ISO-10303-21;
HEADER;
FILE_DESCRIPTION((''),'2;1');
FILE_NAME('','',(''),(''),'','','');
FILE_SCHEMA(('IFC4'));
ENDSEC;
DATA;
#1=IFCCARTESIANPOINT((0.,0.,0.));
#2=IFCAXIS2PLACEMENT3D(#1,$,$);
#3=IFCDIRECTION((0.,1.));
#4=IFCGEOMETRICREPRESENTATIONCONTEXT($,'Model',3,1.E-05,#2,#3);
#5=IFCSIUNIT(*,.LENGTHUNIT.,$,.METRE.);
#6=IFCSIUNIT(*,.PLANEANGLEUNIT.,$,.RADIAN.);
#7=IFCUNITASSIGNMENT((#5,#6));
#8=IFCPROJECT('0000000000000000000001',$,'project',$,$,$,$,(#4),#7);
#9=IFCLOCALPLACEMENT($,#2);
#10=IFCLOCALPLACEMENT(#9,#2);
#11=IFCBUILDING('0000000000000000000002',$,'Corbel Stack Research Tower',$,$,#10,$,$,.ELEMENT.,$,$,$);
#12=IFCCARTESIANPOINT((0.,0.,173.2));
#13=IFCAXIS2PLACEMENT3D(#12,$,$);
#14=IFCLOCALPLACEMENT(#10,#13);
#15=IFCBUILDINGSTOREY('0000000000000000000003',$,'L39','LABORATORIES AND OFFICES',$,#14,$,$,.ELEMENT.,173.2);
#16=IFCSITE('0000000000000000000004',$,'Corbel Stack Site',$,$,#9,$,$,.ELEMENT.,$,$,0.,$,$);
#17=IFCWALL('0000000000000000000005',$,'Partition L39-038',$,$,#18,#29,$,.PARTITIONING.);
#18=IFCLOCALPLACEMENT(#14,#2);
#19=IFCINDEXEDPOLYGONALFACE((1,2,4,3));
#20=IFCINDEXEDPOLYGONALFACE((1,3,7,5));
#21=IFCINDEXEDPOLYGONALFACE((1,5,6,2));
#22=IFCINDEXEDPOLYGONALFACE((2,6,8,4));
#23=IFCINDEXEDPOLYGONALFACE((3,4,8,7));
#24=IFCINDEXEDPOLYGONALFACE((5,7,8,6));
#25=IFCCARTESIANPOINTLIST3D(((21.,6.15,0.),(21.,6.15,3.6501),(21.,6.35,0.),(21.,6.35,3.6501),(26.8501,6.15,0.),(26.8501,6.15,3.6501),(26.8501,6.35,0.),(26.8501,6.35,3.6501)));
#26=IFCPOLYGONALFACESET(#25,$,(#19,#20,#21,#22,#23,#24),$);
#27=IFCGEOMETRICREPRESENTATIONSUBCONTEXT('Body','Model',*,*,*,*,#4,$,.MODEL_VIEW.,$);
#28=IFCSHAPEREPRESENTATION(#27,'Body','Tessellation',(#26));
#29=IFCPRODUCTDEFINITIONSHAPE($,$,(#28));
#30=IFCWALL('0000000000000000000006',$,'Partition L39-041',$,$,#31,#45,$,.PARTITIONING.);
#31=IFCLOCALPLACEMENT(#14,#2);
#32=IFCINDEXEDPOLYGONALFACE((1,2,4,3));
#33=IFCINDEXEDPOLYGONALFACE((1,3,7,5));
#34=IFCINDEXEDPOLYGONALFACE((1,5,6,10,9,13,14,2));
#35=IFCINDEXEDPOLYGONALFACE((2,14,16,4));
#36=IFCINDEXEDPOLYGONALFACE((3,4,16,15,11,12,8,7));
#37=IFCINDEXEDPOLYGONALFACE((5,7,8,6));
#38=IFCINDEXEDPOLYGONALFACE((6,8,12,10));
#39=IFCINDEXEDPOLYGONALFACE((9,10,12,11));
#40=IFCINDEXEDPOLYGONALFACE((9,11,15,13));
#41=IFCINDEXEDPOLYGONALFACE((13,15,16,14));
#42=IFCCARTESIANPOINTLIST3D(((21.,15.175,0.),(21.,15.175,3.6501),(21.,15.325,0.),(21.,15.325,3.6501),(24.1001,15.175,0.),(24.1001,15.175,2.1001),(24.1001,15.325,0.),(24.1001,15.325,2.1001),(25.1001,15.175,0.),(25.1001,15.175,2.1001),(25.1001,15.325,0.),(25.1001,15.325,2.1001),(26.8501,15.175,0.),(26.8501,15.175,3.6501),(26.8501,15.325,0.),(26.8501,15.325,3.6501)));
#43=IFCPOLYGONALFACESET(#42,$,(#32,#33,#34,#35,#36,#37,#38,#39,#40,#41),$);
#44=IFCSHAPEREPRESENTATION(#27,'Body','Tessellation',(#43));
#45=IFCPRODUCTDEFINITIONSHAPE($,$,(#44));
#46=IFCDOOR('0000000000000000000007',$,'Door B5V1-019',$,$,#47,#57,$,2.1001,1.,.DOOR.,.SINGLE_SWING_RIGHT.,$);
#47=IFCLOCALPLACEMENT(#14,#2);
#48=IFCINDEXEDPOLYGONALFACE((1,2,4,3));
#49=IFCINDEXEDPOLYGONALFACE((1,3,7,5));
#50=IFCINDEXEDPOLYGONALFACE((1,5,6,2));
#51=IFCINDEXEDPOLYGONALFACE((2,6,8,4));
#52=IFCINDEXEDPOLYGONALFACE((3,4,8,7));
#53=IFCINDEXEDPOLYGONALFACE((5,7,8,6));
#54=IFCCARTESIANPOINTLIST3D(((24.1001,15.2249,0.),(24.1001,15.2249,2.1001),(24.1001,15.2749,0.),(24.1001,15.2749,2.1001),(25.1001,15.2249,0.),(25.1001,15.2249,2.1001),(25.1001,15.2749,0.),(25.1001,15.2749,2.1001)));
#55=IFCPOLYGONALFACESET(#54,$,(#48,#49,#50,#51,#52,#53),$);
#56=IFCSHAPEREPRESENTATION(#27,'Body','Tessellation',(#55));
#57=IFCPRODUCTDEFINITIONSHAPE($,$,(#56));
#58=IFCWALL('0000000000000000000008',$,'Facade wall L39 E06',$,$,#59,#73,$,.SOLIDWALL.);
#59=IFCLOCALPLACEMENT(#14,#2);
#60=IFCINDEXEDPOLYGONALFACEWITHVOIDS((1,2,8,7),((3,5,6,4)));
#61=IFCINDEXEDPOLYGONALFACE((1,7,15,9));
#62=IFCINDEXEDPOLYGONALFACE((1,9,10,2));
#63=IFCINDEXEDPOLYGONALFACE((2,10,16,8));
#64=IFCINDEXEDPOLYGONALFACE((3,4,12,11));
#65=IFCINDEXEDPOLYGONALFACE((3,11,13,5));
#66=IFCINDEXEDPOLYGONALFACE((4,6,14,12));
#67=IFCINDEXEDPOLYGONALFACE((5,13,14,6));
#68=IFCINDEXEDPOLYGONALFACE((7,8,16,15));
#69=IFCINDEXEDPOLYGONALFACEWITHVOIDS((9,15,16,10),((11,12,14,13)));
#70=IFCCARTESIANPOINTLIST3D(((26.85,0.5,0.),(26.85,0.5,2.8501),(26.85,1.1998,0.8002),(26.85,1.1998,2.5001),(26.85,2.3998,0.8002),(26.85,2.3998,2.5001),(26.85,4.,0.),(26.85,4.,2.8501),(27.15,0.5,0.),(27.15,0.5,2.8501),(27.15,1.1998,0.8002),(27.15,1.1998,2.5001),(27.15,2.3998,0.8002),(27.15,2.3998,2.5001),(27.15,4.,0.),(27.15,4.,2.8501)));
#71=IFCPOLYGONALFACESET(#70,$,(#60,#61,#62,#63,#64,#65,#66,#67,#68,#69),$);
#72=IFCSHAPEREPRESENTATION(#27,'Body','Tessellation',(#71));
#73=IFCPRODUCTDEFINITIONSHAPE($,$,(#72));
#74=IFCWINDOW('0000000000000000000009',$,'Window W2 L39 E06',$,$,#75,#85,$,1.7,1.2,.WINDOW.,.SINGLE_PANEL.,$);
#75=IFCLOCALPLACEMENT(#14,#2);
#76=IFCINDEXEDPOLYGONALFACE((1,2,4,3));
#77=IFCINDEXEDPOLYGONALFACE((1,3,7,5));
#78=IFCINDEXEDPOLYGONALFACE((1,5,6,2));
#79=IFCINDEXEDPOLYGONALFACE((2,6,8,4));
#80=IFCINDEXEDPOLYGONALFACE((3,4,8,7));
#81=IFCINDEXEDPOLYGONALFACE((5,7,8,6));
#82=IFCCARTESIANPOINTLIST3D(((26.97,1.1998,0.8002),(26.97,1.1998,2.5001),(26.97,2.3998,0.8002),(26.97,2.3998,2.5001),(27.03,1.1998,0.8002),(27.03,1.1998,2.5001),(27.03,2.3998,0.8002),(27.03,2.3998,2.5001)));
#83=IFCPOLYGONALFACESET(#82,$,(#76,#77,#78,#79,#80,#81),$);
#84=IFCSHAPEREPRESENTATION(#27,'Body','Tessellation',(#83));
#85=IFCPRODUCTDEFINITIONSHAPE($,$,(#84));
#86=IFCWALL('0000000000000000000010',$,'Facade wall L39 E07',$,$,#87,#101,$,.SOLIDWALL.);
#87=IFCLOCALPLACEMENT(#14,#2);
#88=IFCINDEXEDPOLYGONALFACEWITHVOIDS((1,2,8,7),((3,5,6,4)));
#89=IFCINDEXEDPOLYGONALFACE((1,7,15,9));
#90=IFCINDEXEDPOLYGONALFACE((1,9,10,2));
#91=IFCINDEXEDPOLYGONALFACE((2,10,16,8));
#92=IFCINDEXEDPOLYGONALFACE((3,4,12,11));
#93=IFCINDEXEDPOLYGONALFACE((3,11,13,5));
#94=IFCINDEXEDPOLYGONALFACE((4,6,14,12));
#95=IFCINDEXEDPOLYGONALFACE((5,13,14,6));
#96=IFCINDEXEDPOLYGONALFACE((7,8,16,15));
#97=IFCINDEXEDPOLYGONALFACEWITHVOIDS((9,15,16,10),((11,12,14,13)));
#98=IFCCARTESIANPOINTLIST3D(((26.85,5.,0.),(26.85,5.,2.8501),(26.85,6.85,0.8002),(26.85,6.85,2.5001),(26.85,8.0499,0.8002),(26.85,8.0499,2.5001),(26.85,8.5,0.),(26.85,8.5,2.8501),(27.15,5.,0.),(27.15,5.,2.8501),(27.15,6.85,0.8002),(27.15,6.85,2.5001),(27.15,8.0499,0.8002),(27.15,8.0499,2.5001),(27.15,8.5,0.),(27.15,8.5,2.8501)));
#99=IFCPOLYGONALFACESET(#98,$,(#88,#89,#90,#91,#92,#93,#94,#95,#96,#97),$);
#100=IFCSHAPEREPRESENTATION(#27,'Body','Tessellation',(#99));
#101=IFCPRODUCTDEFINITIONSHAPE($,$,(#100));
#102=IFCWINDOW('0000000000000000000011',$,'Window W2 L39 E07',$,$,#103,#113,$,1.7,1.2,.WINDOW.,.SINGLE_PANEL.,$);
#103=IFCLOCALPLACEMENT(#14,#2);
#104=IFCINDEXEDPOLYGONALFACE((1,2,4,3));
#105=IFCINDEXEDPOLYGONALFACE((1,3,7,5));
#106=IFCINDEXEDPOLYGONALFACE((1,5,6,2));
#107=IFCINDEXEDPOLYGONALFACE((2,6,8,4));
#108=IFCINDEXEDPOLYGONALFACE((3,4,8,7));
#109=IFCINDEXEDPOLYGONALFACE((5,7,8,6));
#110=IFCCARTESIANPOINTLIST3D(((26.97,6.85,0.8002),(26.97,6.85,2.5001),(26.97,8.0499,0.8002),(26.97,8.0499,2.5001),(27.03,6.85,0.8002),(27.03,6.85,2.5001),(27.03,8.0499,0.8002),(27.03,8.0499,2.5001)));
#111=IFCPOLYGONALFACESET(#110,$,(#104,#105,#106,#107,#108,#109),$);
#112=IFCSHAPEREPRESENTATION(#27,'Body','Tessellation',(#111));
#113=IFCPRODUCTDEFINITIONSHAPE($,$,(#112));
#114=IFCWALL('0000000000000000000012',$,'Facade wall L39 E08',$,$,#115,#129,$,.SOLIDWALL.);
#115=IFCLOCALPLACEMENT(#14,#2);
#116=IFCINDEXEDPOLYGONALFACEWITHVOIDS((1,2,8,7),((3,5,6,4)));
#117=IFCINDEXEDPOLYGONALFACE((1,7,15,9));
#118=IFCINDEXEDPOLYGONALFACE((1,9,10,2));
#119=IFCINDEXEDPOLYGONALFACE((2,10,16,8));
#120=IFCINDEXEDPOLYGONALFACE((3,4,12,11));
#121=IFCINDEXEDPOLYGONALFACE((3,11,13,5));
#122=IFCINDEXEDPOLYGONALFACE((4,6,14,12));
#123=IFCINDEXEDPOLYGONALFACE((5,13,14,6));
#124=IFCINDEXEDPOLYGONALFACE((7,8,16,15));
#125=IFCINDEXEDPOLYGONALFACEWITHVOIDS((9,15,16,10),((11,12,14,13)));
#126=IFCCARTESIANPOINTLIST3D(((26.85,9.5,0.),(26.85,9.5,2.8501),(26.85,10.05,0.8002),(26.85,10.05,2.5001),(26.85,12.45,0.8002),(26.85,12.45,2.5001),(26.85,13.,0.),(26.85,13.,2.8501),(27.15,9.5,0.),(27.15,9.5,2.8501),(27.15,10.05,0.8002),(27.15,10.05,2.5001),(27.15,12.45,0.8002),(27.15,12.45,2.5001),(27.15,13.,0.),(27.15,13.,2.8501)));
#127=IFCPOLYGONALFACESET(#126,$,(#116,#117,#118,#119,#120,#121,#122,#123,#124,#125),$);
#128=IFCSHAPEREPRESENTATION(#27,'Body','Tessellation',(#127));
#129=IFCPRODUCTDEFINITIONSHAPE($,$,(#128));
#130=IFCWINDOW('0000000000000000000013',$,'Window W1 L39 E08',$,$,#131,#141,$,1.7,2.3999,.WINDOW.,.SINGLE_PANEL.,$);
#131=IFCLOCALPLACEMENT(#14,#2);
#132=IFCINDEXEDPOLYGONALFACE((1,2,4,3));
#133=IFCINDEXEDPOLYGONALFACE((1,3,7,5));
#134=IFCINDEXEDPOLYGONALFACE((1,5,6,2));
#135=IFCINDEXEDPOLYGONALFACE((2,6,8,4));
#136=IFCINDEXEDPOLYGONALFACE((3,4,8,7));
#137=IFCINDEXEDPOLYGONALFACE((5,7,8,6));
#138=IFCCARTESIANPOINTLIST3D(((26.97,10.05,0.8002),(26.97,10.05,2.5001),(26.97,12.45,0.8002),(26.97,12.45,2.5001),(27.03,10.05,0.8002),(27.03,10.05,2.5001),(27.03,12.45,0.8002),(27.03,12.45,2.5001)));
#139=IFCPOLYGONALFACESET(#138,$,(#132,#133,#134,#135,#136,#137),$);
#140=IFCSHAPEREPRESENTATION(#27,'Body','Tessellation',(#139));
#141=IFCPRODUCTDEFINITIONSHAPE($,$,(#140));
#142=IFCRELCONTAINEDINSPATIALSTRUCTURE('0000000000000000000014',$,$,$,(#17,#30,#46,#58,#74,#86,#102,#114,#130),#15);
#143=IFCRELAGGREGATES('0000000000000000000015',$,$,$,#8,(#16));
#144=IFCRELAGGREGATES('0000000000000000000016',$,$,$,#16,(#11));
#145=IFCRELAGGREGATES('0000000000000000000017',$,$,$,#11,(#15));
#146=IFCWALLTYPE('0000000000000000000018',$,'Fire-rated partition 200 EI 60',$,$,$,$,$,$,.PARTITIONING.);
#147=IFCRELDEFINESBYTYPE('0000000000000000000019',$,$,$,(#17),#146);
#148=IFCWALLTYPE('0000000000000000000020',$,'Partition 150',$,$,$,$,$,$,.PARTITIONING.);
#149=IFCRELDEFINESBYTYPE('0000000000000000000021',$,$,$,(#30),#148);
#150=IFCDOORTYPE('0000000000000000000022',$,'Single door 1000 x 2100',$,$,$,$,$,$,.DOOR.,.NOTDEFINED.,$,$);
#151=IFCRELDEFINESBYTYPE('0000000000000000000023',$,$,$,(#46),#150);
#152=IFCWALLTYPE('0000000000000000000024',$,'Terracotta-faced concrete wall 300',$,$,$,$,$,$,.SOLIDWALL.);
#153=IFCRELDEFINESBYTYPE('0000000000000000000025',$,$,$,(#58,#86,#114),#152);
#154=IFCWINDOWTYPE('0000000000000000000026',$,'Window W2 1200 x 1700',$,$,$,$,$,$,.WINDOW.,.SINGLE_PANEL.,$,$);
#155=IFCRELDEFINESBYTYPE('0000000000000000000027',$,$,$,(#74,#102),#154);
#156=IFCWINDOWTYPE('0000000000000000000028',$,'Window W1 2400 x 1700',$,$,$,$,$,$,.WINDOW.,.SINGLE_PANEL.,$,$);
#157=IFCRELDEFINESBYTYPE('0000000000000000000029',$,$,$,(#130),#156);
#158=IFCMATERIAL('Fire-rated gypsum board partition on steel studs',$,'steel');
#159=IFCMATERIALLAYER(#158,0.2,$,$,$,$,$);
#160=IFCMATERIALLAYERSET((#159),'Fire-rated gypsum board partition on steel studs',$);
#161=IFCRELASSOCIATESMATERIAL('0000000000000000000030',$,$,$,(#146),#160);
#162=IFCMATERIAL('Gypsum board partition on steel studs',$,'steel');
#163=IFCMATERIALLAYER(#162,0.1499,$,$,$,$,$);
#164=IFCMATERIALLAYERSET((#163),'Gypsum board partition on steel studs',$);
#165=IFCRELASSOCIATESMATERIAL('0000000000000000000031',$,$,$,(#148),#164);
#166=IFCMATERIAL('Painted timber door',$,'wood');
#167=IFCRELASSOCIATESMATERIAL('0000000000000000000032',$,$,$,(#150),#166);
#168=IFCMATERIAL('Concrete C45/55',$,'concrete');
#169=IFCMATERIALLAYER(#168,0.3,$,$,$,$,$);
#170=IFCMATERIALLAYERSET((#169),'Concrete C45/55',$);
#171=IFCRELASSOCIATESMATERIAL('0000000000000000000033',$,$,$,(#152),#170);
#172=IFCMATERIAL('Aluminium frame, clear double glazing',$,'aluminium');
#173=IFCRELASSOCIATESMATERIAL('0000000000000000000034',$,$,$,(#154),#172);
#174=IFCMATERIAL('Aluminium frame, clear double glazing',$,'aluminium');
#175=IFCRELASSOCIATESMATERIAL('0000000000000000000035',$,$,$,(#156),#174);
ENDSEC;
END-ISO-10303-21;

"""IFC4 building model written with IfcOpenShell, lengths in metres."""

from ifc_helpers import new_model, si_unit, direction, frame, frame_2d, origin, place, context, subcontext, project, spatial, rectangle, extrude, material, layer, layer_set, type_object, element, fill, save


model = new_model("IFC4")

# Units and contexts
model_context = context("Model", 3, precision=1e-05, world=origin(), true_north=direction((0.0, 1.0)))
body_context = subcontext(model_context, "Body", "Model", "MODEL_VIEW")
ifc_project = project(units=[si_unit("LENGTHUNIT", "METRE"), si_unit("PLANEANGLEUNIT", "RADIAN")], contexts=[model_context])

# Site, building, storey
site_placement = place(None, origin())
site = spatial("IfcSite", under=ifc_project, at=site_placement, Name="Corbel Stack Site", CompositionType="ELEMENT", RefElevation=0.0)
building_placement = place(site_placement, origin())
building = spatial("IfcBuilding", under=site, at=building_placement, Name="Corbel Stack Research Tower", CompositionType="ELEMENT")
storey_placement = place(building_placement, frame((0.0, 0.0, 173.2)))
storey = spatial("IfcBuildingStorey", under=building, at=storey_placement, Name="L39", Description="LABORATORIES AND OFFICES", CompositionType="ELEMENT", Elevation=173.2)

# Shared definitions
ifc_material_1 = material(Name="Fire-rated gypsum board partition on steel studs", Category="steel")
ifc_layer_1 = layer(ifc_material_1, 0.2)
ifc_layer_set_1 = layer_set([ifc_layer_1], Name="Fire-rated gypsum board partition on steel studs")
wall_type_1 = type_object("IfcWallType", Name="Fire-rated partition 200 EI 60", PredefinedType="PARTITIONING", material=ifc_layer_set_1)

# Wall
for number, where, z_axis, x_axis, name in (
    (1, (21.0, 6.25, 0.0), (0.0, 0.0, 1.0), (1.0, 0.0, 0.0), "Partition L39-038"),
):
    element("IfcWall", number, at=place(storey_placement, frame(where, z_axis=z_axis, x_axis=x_axis)), inside=storey, type_object=wall_type_1, Name=name, PredefinedType="PARTITIONING", context=body_context, shape_type="SweptSolid", body=[
        extrude(rectangle(XDim=5.8501, YDim=0.2, at=frame_2d((2.925, 0.0))), origin(), (0.0, 0.0, 1.0), 3.6501),
    ])

# Wall, opening, door
ifc_material_2 = material(Name="Gypsum board partition on steel studs", Category="steel")
ifc_layer_2 = layer(ifc_material_2, 0.1499)
ifc_layer_set_2 = layer_set([ifc_layer_2], Name="Gypsum board partition on steel studs")
wall_type_2 = type_object("IfcWallType", Name="Partition 150", PredefinedType="PARTITIONING", material=ifc_layer_set_2)
wall_1_placement = place(storey_placement, frame((21.0, 15.25, 0.0), z_axis=(0.0, 0.0, 1.0), x_axis=(1.0, 0.0, 0.0)))
wall_1 = element("IfcWall", 2, at=wall_1_placement, inside=storey, type_object=wall_type_2, Name="Partition L39-041", PredefinedType="PARTITIONING", context=body_context, shape_type="SweptSolid", body=[
    extrude(rectangle(XDim=5.8501, YDim=0.1499, at=frame_2d((2.925, 0.0))), origin(), (0.0, 0.0, 1.0), 3.6501),
])
opening_1_placement = place(wall_1_placement, frame((3.1001, 0.0, 0.0)))
opening_1 = element("IfcOpeningElement", 3, at=opening_1_placement, cuts=wall_1, PredefinedType="OPENING", context=body_context, shape_type="SweptSolid", body=[
    extrude(rectangle(XDim=1.0, YDim=2.1001, at=frame_2d((0.5, 1.05))), frame((0.0, 0.085, 0.0), z_axis=(0.0, -1.0, 0.0), x_axis=(1.0, 0.0, 0.0)), (0.0, 0.0, 1.0), 0.1699),
])
ifc_material_3 = material(Name="Painted timber door", Category="wood")
door_type_1 = type_object("IfcDoorType", Name="Single door 1000 x 2100", OperationType="NOTDEFINED", PredefinedType="DOOR", material=ifc_material_3)
door_1_placement = place(opening_1_placement, origin())
door_1 = element("IfcDoor", 4, at=door_1_placement, inside=storey, type_object=door_type_1, Name="Door B5V1-019", OperationType="SINGLE_SWING_RIGHT", OverallHeight=2.1001, OverallWidth=1.0, PredefinedType="DOOR", context=body_context, shape_type="SweptSolid", body=[
    extrude(rectangle(XDim=1.0, YDim=2.1001, at=frame_2d((0.5, 1.05))), frame((0.0, 0.0249, 0.0), z_axis=(0.0, -1.0, 0.0), x_axis=(1.0, 0.0, 0.0)), (0.0, 0.0, 1.0), 0.05),
])
fill(opening_1, door_1)

# Walls, openings, windows
ifc_material_4 = material(Name="Concrete C45/55", Category="concrete")
ifc_layer_3 = layer(ifc_material_4, 0.3)
ifc_layer_set_3 = layer_set([ifc_layer_3], Name="Concrete C45/55")
wall_type_3 = type_object("IfcWallType", Name="Terracotta-faced concrete wall 300", PredefinedType="SOLIDWALL", material=ifc_layer_set_3)
wall_2_placement = place(storey_placement, frame((27.0, 4.0, 0.0), z_axis=(0.0, 0.0, 1.0), x_axis=(0.0, -1.0, 0.0)))
wall_2 = element("IfcWall", 5, at=wall_2_placement, inside=storey, type_object=wall_type_3, Name="Facade wall L39 E06", PredefinedType="SOLIDWALL", context=body_context, shape_type="SweptSolid", body=[
    extrude(rectangle(XDim=3.5, YDim=0.3, at=frame_2d((1.75, 0.0))), origin(), (0.0, 0.0, 1.0), 2.8501),
])
opening_2_placement = place(wall_2_placement, frame((1.6001, 0.0, 0.8)))
opening_2 = element("IfcOpeningElement", 6, at=opening_2_placement, cuts=wall_2, PredefinedType="OPENING", context=body_context, shape_type="SweptSolid", body=[
    extrude(rectangle(XDim=1.2, YDim=1.7, at=frame_2d((0.6001, 0.8501))), frame((0.0, 0.1599, 0.0), z_axis=(0.0, -1.0, 0.0), x_axis=(1.0, 0.0, 0.0)), (0.0, 0.0, 1.0), 0.3201),
])
ifc_material_5 = material(Name="Aluminium frame, clear double glazing", Category="aluminium")
window_type_1 = type_object("IfcWindowType", Name="Window W2 1200 x 1700", PartitioningType="SINGLE_PANEL", PredefinedType="WINDOW", material=ifc_material_5)
window_1_placement = place(opening_2_placement, origin())
window_1 = element("IfcWindow", 7, at=window_1_placement, inside=storey, type_object=window_type_1, Name="Window W2 L39 E06", OverallHeight=1.7, OverallWidth=1.2, PartitioningType="SINGLE_PANEL", PredefinedType="WINDOW", context=body_context, shape_type="SweptSolid", body=[
    extrude(rectangle(XDim=1.2, YDim=1.7, at=frame_2d((0.6001, 0.8501))), frame((0.0, 0.03, 0.0), z_axis=(0.0, -1.0, 0.0), x_axis=(1.0, 0.0, 0.0)), (0.0, 0.0, 1.0), 0.0601),
])
fill(opening_2, window_1)
wall_3_placement = place(storey_placement, frame((27.0, 8.5, 0.0), z_axis=(0.0, 0.0, 1.0), x_axis=(0.0, -1.0, 0.0)))
wall_3 = element("IfcWall", 8, at=wall_3_placement, inside=storey, type_object=wall_type_3, Name="Facade wall L39 E07", PredefinedType="SOLIDWALL", context=body_context, shape_type="SweptSolid", body=[
    extrude(rectangle(XDim=3.5, YDim=0.3, at=frame_2d((1.75, 0.0))), origin(), (0.0, 0.0, 1.0), 2.8501),
])
opening_3_placement = place(wall_3_placement, frame((0.45, 0.0, 0.8)))
opening_3 = element("IfcOpeningElement", 9, at=opening_3_placement, cuts=wall_3, PredefinedType="OPENING", context=body_context, shape_type="SweptSolid", body=[
    extrude(rectangle(XDim=1.2, YDim=1.7, at=frame_2d((0.6001, 0.8501))), frame((0.0, 0.1599, 0.0), z_axis=(0.0, -1.0, 0.0), x_axis=(1.0, 0.0, 0.0)), (0.0, 0.0, 1.0), 0.3201),
])
window_2_placement = place(opening_3_placement, origin())
window_2 = element("IfcWindow", 10, at=window_2_placement, inside=storey, type_object=window_type_1, Name="Window W2 L39 E07", OverallHeight=1.7, OverallWidth=1.2, PartitioningType="SINGLE_PANEL", PredefinedType="WINDOW", context=body_context, shape_type="SweptSolid", body=[
    extrude(rectangle(XDim=1.2, YDim=1.7, at=frame_2d((0.6001, 0.8501))), frame((0.0, 0.03, 0.0), z_axis=(0.0, -1.0, 0.0), x_axis=(1.0, 0.0, 0.0)), (0.0, 0.0, 1.0), 0.0601),
])
fill(opening_3, window_2)
wall_4_placement = place(storey_placement, frame((27.0, 13.0, 0.0), z_axis=(0.0, 0.0, 1.0), x_axis=(0.0, -1.0, 0.0)))
wall_4 = element("IfcWall", 11, at=wall_4_placement, inside=storey, type_object=wall_type_3, Name="Facade wall L39 E08", PredefinedType="SOLIDWALL", context=body_context, shape_type="SweptSolid", body=[
    extrude(rectangle(XDim=3.5, YDim=0.3, at=frame_2d((1.75, 0.0))), origin(), (0.0, 0.0, 1.0), 2.8501),
])
opening_4_placement = place(wall_4_placement, frame((0.55, 0.0, 0.8)))
opening_4 = element("IfcOpeningElement", 12, at=opening_4_placement, cuts=wall_4, PredefinedType="OPENING", context=body_context, shape_type="SweptSolid", body=[
    extrude(rectangle(XDim=2.3999, YDim=1.7, at=frame_2d((1.2, 0.8501))), frame((0.0, 0.1599, 0.0), z_axis=(0.0, -1.0, 0.0), x_axis=(1.0, 0.0, 0.0)), (0.0, 0.0, 1.0), 0.3201),
])
ifc_material_6 = material(Name="Aluminium frame, clear double glazing", Category="aluminium")
window_type_2 = type_object("IfcWindowType", Name="Window W1 2400 x 1700", PartitioningType="SINGLE_PANEL", PredefinedType="WINDOW", material=ifc_material_6)
window_3_placement = place(opening_4_placement, origin())
window_3 = element("IfcWindow", 13, at=window_3_placement, inside=storey, type_object=window_type_2, Name="Window W1 L39 E08", OverallHeight=1.7, OverallWidth=2.3999, PartitioningType="SINGLE_PANEL", PredefinedType="WINDOW", context=body_context, shape_type="SweptSolid", body=[
    extrude(rectangle(XDim=2.3999, YDim=1.7, at=frame_2d((1.2, 0.8501))), frame((0.0, 0.03, 0.0), z_axis=(0.0, -1.0, 0.0), x_axis=(1.0, 0.0, 0.0)), (0.0, 0.0, 1.0), 0.0601),
])
fill(opening_4, window_3)

save(model, "model.ifc")
